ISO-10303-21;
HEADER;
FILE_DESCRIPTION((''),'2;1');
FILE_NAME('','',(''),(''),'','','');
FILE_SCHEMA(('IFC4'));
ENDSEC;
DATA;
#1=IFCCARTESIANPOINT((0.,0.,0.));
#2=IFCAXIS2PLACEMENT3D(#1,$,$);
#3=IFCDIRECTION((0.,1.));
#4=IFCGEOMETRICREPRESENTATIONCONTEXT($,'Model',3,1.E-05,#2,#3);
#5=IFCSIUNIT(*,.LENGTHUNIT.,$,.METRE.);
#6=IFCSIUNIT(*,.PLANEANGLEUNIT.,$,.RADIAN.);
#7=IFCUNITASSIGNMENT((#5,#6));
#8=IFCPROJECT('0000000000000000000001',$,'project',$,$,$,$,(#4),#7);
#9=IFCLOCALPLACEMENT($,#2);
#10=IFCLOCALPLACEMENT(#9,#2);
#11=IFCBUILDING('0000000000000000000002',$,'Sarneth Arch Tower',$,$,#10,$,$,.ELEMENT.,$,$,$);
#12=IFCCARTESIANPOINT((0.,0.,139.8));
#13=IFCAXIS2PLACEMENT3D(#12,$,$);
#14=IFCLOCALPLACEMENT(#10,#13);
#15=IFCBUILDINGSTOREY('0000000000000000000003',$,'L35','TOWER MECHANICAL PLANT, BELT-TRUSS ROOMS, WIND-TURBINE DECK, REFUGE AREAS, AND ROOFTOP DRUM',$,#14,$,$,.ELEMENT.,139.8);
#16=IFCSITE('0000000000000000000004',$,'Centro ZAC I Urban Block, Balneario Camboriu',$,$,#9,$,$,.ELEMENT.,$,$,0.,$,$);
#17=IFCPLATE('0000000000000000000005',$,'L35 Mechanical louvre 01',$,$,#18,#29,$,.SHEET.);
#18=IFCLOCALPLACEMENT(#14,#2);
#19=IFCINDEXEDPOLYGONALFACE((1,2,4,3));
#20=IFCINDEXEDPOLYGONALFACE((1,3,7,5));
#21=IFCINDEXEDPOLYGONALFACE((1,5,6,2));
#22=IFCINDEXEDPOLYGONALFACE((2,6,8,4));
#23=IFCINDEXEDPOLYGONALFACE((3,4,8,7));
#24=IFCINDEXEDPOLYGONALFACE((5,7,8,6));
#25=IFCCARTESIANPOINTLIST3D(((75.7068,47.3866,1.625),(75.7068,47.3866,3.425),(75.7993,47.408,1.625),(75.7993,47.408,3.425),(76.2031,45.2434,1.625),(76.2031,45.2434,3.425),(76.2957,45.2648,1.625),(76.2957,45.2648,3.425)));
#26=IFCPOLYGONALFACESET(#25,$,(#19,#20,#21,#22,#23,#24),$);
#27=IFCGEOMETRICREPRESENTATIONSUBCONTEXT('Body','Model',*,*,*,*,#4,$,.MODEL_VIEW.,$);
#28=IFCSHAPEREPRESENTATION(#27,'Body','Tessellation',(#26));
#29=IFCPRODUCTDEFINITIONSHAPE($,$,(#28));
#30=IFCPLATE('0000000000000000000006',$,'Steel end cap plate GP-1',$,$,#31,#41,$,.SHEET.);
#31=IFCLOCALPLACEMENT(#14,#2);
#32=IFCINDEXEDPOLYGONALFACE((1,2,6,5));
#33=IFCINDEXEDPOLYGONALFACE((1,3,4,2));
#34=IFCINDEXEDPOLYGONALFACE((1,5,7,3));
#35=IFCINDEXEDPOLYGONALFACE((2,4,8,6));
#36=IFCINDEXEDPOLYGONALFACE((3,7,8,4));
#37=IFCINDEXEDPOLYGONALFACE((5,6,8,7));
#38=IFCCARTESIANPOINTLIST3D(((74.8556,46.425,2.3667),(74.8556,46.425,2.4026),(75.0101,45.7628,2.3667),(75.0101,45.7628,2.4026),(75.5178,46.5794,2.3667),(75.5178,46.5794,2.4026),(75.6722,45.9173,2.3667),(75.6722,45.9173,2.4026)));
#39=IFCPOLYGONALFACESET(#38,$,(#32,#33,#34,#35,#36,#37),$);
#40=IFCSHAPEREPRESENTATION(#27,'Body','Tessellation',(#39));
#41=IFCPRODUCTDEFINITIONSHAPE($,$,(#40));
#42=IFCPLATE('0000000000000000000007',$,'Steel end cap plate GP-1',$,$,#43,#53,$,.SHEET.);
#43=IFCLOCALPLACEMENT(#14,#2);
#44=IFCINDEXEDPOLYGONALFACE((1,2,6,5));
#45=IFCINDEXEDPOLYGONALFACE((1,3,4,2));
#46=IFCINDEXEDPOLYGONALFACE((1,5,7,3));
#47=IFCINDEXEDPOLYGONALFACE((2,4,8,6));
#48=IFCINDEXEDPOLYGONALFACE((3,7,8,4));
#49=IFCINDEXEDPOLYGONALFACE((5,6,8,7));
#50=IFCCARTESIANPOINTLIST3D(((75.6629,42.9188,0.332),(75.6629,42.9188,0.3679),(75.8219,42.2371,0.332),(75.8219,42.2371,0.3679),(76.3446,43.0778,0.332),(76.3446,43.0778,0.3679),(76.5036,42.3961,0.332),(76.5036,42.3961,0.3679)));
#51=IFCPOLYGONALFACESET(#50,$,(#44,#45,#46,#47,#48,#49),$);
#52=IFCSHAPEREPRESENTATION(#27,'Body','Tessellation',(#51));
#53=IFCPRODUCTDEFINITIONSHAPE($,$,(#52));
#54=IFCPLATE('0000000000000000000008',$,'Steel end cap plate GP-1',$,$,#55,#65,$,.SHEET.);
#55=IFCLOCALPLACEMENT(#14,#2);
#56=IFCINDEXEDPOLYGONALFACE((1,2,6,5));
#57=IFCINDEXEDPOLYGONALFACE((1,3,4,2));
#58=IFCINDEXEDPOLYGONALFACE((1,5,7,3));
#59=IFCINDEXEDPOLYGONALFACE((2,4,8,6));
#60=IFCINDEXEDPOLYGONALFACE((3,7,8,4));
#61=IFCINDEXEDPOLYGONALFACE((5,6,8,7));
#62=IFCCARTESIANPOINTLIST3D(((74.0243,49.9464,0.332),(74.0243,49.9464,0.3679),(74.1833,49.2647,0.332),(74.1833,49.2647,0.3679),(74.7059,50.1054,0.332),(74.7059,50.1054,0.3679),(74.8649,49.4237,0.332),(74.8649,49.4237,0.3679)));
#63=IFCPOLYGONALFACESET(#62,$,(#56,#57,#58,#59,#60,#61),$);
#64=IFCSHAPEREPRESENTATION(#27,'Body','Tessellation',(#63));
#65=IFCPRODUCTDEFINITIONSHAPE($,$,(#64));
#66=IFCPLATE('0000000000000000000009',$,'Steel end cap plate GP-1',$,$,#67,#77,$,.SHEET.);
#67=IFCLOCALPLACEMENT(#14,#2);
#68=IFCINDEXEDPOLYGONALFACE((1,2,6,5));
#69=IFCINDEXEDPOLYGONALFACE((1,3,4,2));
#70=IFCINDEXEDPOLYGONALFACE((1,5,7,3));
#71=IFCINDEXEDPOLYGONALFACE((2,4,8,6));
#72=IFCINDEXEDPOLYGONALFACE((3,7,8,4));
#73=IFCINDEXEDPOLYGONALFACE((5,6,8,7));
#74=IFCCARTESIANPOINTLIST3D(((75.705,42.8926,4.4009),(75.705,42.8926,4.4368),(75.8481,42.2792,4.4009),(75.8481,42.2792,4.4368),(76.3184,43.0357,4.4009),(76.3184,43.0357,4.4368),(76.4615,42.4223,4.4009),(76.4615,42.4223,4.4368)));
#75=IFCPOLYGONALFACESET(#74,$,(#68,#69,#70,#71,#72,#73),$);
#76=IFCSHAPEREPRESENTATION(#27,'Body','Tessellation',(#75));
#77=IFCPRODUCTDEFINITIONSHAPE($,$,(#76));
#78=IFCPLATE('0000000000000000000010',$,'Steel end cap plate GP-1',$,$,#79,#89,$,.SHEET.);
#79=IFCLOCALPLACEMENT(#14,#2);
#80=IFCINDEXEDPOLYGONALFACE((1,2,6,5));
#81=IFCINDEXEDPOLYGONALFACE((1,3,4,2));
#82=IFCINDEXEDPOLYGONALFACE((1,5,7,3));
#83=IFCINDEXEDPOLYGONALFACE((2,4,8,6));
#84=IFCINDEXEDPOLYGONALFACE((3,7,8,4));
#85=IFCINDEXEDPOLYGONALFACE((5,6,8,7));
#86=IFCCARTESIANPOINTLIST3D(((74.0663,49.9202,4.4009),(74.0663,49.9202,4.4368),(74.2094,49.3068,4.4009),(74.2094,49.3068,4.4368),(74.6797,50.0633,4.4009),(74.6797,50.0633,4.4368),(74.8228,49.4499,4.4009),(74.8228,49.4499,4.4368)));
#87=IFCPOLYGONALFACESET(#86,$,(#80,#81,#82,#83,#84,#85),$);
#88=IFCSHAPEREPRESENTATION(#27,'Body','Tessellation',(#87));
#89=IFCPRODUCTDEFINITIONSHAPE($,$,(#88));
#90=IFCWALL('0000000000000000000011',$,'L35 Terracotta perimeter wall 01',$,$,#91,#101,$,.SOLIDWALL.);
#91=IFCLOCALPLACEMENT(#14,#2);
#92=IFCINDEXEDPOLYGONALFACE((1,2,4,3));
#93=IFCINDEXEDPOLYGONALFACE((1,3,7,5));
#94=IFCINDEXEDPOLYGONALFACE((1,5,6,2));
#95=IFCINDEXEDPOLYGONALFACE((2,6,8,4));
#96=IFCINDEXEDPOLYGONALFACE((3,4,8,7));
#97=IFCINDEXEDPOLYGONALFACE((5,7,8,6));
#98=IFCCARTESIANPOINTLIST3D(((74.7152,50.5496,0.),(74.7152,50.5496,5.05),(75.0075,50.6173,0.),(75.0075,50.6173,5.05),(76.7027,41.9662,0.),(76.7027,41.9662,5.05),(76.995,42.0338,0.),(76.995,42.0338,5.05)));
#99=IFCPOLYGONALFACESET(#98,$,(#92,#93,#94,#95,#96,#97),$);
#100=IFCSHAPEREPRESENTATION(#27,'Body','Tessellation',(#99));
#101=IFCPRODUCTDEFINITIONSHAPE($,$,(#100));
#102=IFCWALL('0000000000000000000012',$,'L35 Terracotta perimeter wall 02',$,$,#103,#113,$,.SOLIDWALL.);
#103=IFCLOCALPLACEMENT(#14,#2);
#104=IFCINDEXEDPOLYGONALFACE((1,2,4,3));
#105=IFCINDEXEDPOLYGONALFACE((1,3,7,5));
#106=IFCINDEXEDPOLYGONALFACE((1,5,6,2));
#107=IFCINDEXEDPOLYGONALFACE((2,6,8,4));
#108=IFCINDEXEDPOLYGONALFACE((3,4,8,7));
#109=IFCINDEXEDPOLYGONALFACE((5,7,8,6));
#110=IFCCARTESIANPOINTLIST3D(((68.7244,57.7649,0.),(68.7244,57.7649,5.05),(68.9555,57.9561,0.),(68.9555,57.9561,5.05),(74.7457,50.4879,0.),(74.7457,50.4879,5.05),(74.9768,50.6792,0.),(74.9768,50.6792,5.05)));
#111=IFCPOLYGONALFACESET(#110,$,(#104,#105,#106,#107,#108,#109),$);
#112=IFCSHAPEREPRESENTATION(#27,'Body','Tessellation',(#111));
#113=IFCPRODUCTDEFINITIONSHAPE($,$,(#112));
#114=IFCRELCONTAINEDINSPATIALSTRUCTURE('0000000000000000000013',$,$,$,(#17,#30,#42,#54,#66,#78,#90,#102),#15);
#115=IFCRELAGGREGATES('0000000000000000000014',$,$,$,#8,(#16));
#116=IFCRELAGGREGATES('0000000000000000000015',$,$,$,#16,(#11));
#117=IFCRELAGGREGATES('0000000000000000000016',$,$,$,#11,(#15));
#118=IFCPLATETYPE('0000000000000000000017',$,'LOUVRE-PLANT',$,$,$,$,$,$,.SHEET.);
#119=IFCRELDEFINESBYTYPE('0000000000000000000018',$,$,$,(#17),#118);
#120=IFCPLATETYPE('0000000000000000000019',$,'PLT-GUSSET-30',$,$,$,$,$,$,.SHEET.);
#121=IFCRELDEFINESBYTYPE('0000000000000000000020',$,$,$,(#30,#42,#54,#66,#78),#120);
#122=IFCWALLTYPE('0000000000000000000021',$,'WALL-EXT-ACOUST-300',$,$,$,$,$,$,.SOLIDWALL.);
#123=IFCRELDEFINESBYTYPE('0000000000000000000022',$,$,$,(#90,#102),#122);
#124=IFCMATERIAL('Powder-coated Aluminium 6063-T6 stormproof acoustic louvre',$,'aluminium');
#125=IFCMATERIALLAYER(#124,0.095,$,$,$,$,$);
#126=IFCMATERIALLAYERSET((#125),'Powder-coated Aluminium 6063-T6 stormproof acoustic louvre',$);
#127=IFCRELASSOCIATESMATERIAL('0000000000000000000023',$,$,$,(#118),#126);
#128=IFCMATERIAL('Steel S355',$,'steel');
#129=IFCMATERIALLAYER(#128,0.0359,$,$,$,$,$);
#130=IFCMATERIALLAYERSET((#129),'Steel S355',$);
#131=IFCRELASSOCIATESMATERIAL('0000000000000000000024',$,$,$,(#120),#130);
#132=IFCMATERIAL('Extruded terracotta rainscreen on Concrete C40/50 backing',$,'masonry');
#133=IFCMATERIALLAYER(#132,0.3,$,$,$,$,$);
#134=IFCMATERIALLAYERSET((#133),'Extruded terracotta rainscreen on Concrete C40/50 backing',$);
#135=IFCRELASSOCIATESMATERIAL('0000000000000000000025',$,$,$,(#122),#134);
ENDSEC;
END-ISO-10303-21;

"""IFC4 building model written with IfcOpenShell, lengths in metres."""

from ifc_helpers import new_model, si_unit, direction, frame, frame_2d, origin, origin_2d, place, context, subcontext, project, spatial, rectangle, extrude, material, layer, layer_set, type_object, element, save


model = new_model("IFC4")

# Units and contexts
model_context = context("Model", 3, precision=1e-05, world=origin(), true_north=direction((0.0, 1.0)))
body_context = subcontext(model_context, "Body", "Model", "MODEL_VIEW")
ifc_project = project(units=[si_unit("LENGTHUNIT", "METRE"), si_unit("PLANEANGLEUNIT", "RADIAN")], contexts=[model_context])

# Site, building, storey
site_placement = place(None, origin())
site = spatial("IfcSite", under=ifc_project, at=site_placement, Name="Centro ZAC I Urban Block, Balneario Camboriu", CompositionType="ELEMENT", RefElevation=0.0)
building_placement = place(site_placement, origin())
building = spatial("IfcBuilding", under=site, at=building_placement, Name="Sarneth Arch Tower", CompositionType="ELEMENT")
storey_placement = place(building_placement, frame((0.0, 0.0, 139.8)))
storey = spatial("IfcBuildingStorey", under=building, at=storey_placement, Name="L35", Description="TOWER MECHANICAL PLANT, BELT-TRUSS ROOMS, WIND-TURBINE DECK, REFUGE AREAS, AND ROOFTOP DRUM", CompositionType="ELEMENT", Elevation=139.8)

# Plates
ifc_material_1 = material(Name="Powder-coated Aluminium 6063-T6 stormproof acoustic louvre", Category="aluminium")
ifc_layer_1 = layer(ifc_material_1, 0.095)
ifc_layer_set_1 = layer_set([ifc_layer_1], Name="Powder-coated Aluminium 6063-T6 stormproof acoustic louvre")
plate_type_1 = type_object("IfcPlateType", Name="LOUVRE-PLANT", PredefinedType="SHEET", material=ifc_layer_set_1)
plate_1_placement = place(storey_placement, frame((76.0012, 46.3257, 1.625), z_axis=(0.0, 0.0, 1.0), x_axis=(-0.225631, 0.974213, 0.0)))
element("IfcPlate", 1, at=plate_1_placement, inside=storey, type_object=plate_type_1, Name="L35 Mechanical louvre 01", PredefinedType="SHEET", context=body_context, shape_type="SweptSolid", body=[
    extrude(rectangle(XDim=2.2, YDim=0.095, at=origin_2d()), origin(), (0.0, 0.0, 1.0), 1.8),
])
ifc_material_2 = material(Name="Steel S355", Category="steel")
ifc_layer_2 = layer(ifc_material_2, 0.0359)
ifc_layer_set_2 = layer_set([ifc_layer_2], Name="Steel S355")
plate_type_2 = type_object("IfcPlateType", Name="PLT-GUSSET-30", PredefinedType="SHEET", material=ifc_layer_set_2)
plate_2_placement = place(storey_placement, frame((75.2639, 46.1711, 2.3667), z_axis=(0.0, 0.0, 1.0), x_axis=(-0.227161, 0.973857, 0.0)))
element("IfcPlate", 2, at=plate_2_placement, inside=storey, type_object=plate_type_2, Name="Steel end cap plate GP-1", PredefinedType="SHEET", context=body_context, shape_type="SweptSolid", body=[
    extrude(rectangle(XDim=0.6799, YDim=0.6799, at=origin_2d()), origin(), (0.0, 0.0, 1.0), 0.0359),
])
for number, where, z_axis, x_axis, name in (
    (3, (76.0833, 42.6575, 0.332), (0.0, 0.0, 1.0), (0.227161, -0.973857, 0.0), "Steel end cap plate GP-1"),
    (4, (74.4446, 49.6851, 0.332), (0.0, 0.0, 1.0), (-0.227161, 0.973857, 0.0), "Steel end cap plate GP-1"),
):
    element("IfcPlate", number, at=place(storey_placement, frame(where, z_axis=z_axis, x_axis=x_axis)), inside=storey, type_object=plate_type_2, Name=name, PredefinedType="SHEET", context=body_context, shape_type="SweptSolid", body=[
        extrude(rectangle(XDim=0.7, YDim=0.7, at=origin_2d()), origin(), (0.0, 0.0, 1.0), 0.0359),
    ])
for number, where, z_axis, x_axis, name in (
    (5, (76.0833, 42.6575, 4.4009), (0.0, 0.0, 1.0), (0.227161, -0.973857, 0.0), "Steel end cap plate GP-1"),
    (6, (74.4446, 49.6851, 4.4009), (0.0, 0.0, 1.0), (-0.227161, 0.973857, 0.0), "Steel end cap plate GP-1"),
):
    element("IfcPlate", number, at=place(storey_placement, frame(where, z_axis=z_axis, x_axis=x_axis)), inside=storey, type_object=plate_type_2, Name=name, PredefinedType="SHEET", context=body_context, shape_type="SweptSolid", body=[
        extrude(rectangle(XDim=0.6299, YDim=0.6299, at=origin_2d()), origin(), (0.0, 0.0, 1.0), 0.0359),
    ])

# Walls
ifc_material_3 = material(Name="Extruded terracotta rainscreen on Concrete C40/50 backing", Category="masonry")
ifc_layer_3 = layer(ifc_material_3, 0.3)
ifc_layer_set_3 = layer_set([ifc_layer_3], Name="Extruded terracotta rainscreen on Concrete C40/50 backing")
wall_type = type_object("IfcWallType", Name="WALL-EXT-ACOUST-300", PredefinedType="SOLIDWALL", material=ifc_layer_set_3)
wall_1_placement = place(storey_placement, frame((76.8489, 42.0, 0.0), z_axis=(0.0, 0.0, 1.0), x_axis=(-0.225586, 0.974223, 0.0)))
element("IfcWall", 7, at=wall_1_placement, inside=storey, type_object=wall_type, Name="L35 Terracotta perimeter wall 01", PredefinedType="SOLIDWALL", context=body_context, shape_type="SweptSolid", body=[
    extrude(rectangle(XDim=8.8105, YDim=0.3, at=frame_2d((4.4053, 0.0))), origin(), (0.0, 0.0, 1.0), 5.05),
])
wall_2_placement = place(storey_placement, frame((74.8613, 50.5835, 0.0), z_axis=(0.0, 0.0, 1.0), x_axis=(-0.637506, 0.770446, 0.0)))
element("IfcWall", 8, at=wall_2_placement, inside=storey, type_object=wall_type, Name="L35 Terracotta perimeter wall 02", PredefinedType="SOLIDWALL", context=body_context, shape_type="SweptSolid", body=[
    extrude(rectangle(XDim=9.4451, YDim=0.3, at=frame_2d((4.7227, 0.0))), origin(), (0.0, 0.0, 1.0), 5.05),
])

save(model, "model.ifc")
